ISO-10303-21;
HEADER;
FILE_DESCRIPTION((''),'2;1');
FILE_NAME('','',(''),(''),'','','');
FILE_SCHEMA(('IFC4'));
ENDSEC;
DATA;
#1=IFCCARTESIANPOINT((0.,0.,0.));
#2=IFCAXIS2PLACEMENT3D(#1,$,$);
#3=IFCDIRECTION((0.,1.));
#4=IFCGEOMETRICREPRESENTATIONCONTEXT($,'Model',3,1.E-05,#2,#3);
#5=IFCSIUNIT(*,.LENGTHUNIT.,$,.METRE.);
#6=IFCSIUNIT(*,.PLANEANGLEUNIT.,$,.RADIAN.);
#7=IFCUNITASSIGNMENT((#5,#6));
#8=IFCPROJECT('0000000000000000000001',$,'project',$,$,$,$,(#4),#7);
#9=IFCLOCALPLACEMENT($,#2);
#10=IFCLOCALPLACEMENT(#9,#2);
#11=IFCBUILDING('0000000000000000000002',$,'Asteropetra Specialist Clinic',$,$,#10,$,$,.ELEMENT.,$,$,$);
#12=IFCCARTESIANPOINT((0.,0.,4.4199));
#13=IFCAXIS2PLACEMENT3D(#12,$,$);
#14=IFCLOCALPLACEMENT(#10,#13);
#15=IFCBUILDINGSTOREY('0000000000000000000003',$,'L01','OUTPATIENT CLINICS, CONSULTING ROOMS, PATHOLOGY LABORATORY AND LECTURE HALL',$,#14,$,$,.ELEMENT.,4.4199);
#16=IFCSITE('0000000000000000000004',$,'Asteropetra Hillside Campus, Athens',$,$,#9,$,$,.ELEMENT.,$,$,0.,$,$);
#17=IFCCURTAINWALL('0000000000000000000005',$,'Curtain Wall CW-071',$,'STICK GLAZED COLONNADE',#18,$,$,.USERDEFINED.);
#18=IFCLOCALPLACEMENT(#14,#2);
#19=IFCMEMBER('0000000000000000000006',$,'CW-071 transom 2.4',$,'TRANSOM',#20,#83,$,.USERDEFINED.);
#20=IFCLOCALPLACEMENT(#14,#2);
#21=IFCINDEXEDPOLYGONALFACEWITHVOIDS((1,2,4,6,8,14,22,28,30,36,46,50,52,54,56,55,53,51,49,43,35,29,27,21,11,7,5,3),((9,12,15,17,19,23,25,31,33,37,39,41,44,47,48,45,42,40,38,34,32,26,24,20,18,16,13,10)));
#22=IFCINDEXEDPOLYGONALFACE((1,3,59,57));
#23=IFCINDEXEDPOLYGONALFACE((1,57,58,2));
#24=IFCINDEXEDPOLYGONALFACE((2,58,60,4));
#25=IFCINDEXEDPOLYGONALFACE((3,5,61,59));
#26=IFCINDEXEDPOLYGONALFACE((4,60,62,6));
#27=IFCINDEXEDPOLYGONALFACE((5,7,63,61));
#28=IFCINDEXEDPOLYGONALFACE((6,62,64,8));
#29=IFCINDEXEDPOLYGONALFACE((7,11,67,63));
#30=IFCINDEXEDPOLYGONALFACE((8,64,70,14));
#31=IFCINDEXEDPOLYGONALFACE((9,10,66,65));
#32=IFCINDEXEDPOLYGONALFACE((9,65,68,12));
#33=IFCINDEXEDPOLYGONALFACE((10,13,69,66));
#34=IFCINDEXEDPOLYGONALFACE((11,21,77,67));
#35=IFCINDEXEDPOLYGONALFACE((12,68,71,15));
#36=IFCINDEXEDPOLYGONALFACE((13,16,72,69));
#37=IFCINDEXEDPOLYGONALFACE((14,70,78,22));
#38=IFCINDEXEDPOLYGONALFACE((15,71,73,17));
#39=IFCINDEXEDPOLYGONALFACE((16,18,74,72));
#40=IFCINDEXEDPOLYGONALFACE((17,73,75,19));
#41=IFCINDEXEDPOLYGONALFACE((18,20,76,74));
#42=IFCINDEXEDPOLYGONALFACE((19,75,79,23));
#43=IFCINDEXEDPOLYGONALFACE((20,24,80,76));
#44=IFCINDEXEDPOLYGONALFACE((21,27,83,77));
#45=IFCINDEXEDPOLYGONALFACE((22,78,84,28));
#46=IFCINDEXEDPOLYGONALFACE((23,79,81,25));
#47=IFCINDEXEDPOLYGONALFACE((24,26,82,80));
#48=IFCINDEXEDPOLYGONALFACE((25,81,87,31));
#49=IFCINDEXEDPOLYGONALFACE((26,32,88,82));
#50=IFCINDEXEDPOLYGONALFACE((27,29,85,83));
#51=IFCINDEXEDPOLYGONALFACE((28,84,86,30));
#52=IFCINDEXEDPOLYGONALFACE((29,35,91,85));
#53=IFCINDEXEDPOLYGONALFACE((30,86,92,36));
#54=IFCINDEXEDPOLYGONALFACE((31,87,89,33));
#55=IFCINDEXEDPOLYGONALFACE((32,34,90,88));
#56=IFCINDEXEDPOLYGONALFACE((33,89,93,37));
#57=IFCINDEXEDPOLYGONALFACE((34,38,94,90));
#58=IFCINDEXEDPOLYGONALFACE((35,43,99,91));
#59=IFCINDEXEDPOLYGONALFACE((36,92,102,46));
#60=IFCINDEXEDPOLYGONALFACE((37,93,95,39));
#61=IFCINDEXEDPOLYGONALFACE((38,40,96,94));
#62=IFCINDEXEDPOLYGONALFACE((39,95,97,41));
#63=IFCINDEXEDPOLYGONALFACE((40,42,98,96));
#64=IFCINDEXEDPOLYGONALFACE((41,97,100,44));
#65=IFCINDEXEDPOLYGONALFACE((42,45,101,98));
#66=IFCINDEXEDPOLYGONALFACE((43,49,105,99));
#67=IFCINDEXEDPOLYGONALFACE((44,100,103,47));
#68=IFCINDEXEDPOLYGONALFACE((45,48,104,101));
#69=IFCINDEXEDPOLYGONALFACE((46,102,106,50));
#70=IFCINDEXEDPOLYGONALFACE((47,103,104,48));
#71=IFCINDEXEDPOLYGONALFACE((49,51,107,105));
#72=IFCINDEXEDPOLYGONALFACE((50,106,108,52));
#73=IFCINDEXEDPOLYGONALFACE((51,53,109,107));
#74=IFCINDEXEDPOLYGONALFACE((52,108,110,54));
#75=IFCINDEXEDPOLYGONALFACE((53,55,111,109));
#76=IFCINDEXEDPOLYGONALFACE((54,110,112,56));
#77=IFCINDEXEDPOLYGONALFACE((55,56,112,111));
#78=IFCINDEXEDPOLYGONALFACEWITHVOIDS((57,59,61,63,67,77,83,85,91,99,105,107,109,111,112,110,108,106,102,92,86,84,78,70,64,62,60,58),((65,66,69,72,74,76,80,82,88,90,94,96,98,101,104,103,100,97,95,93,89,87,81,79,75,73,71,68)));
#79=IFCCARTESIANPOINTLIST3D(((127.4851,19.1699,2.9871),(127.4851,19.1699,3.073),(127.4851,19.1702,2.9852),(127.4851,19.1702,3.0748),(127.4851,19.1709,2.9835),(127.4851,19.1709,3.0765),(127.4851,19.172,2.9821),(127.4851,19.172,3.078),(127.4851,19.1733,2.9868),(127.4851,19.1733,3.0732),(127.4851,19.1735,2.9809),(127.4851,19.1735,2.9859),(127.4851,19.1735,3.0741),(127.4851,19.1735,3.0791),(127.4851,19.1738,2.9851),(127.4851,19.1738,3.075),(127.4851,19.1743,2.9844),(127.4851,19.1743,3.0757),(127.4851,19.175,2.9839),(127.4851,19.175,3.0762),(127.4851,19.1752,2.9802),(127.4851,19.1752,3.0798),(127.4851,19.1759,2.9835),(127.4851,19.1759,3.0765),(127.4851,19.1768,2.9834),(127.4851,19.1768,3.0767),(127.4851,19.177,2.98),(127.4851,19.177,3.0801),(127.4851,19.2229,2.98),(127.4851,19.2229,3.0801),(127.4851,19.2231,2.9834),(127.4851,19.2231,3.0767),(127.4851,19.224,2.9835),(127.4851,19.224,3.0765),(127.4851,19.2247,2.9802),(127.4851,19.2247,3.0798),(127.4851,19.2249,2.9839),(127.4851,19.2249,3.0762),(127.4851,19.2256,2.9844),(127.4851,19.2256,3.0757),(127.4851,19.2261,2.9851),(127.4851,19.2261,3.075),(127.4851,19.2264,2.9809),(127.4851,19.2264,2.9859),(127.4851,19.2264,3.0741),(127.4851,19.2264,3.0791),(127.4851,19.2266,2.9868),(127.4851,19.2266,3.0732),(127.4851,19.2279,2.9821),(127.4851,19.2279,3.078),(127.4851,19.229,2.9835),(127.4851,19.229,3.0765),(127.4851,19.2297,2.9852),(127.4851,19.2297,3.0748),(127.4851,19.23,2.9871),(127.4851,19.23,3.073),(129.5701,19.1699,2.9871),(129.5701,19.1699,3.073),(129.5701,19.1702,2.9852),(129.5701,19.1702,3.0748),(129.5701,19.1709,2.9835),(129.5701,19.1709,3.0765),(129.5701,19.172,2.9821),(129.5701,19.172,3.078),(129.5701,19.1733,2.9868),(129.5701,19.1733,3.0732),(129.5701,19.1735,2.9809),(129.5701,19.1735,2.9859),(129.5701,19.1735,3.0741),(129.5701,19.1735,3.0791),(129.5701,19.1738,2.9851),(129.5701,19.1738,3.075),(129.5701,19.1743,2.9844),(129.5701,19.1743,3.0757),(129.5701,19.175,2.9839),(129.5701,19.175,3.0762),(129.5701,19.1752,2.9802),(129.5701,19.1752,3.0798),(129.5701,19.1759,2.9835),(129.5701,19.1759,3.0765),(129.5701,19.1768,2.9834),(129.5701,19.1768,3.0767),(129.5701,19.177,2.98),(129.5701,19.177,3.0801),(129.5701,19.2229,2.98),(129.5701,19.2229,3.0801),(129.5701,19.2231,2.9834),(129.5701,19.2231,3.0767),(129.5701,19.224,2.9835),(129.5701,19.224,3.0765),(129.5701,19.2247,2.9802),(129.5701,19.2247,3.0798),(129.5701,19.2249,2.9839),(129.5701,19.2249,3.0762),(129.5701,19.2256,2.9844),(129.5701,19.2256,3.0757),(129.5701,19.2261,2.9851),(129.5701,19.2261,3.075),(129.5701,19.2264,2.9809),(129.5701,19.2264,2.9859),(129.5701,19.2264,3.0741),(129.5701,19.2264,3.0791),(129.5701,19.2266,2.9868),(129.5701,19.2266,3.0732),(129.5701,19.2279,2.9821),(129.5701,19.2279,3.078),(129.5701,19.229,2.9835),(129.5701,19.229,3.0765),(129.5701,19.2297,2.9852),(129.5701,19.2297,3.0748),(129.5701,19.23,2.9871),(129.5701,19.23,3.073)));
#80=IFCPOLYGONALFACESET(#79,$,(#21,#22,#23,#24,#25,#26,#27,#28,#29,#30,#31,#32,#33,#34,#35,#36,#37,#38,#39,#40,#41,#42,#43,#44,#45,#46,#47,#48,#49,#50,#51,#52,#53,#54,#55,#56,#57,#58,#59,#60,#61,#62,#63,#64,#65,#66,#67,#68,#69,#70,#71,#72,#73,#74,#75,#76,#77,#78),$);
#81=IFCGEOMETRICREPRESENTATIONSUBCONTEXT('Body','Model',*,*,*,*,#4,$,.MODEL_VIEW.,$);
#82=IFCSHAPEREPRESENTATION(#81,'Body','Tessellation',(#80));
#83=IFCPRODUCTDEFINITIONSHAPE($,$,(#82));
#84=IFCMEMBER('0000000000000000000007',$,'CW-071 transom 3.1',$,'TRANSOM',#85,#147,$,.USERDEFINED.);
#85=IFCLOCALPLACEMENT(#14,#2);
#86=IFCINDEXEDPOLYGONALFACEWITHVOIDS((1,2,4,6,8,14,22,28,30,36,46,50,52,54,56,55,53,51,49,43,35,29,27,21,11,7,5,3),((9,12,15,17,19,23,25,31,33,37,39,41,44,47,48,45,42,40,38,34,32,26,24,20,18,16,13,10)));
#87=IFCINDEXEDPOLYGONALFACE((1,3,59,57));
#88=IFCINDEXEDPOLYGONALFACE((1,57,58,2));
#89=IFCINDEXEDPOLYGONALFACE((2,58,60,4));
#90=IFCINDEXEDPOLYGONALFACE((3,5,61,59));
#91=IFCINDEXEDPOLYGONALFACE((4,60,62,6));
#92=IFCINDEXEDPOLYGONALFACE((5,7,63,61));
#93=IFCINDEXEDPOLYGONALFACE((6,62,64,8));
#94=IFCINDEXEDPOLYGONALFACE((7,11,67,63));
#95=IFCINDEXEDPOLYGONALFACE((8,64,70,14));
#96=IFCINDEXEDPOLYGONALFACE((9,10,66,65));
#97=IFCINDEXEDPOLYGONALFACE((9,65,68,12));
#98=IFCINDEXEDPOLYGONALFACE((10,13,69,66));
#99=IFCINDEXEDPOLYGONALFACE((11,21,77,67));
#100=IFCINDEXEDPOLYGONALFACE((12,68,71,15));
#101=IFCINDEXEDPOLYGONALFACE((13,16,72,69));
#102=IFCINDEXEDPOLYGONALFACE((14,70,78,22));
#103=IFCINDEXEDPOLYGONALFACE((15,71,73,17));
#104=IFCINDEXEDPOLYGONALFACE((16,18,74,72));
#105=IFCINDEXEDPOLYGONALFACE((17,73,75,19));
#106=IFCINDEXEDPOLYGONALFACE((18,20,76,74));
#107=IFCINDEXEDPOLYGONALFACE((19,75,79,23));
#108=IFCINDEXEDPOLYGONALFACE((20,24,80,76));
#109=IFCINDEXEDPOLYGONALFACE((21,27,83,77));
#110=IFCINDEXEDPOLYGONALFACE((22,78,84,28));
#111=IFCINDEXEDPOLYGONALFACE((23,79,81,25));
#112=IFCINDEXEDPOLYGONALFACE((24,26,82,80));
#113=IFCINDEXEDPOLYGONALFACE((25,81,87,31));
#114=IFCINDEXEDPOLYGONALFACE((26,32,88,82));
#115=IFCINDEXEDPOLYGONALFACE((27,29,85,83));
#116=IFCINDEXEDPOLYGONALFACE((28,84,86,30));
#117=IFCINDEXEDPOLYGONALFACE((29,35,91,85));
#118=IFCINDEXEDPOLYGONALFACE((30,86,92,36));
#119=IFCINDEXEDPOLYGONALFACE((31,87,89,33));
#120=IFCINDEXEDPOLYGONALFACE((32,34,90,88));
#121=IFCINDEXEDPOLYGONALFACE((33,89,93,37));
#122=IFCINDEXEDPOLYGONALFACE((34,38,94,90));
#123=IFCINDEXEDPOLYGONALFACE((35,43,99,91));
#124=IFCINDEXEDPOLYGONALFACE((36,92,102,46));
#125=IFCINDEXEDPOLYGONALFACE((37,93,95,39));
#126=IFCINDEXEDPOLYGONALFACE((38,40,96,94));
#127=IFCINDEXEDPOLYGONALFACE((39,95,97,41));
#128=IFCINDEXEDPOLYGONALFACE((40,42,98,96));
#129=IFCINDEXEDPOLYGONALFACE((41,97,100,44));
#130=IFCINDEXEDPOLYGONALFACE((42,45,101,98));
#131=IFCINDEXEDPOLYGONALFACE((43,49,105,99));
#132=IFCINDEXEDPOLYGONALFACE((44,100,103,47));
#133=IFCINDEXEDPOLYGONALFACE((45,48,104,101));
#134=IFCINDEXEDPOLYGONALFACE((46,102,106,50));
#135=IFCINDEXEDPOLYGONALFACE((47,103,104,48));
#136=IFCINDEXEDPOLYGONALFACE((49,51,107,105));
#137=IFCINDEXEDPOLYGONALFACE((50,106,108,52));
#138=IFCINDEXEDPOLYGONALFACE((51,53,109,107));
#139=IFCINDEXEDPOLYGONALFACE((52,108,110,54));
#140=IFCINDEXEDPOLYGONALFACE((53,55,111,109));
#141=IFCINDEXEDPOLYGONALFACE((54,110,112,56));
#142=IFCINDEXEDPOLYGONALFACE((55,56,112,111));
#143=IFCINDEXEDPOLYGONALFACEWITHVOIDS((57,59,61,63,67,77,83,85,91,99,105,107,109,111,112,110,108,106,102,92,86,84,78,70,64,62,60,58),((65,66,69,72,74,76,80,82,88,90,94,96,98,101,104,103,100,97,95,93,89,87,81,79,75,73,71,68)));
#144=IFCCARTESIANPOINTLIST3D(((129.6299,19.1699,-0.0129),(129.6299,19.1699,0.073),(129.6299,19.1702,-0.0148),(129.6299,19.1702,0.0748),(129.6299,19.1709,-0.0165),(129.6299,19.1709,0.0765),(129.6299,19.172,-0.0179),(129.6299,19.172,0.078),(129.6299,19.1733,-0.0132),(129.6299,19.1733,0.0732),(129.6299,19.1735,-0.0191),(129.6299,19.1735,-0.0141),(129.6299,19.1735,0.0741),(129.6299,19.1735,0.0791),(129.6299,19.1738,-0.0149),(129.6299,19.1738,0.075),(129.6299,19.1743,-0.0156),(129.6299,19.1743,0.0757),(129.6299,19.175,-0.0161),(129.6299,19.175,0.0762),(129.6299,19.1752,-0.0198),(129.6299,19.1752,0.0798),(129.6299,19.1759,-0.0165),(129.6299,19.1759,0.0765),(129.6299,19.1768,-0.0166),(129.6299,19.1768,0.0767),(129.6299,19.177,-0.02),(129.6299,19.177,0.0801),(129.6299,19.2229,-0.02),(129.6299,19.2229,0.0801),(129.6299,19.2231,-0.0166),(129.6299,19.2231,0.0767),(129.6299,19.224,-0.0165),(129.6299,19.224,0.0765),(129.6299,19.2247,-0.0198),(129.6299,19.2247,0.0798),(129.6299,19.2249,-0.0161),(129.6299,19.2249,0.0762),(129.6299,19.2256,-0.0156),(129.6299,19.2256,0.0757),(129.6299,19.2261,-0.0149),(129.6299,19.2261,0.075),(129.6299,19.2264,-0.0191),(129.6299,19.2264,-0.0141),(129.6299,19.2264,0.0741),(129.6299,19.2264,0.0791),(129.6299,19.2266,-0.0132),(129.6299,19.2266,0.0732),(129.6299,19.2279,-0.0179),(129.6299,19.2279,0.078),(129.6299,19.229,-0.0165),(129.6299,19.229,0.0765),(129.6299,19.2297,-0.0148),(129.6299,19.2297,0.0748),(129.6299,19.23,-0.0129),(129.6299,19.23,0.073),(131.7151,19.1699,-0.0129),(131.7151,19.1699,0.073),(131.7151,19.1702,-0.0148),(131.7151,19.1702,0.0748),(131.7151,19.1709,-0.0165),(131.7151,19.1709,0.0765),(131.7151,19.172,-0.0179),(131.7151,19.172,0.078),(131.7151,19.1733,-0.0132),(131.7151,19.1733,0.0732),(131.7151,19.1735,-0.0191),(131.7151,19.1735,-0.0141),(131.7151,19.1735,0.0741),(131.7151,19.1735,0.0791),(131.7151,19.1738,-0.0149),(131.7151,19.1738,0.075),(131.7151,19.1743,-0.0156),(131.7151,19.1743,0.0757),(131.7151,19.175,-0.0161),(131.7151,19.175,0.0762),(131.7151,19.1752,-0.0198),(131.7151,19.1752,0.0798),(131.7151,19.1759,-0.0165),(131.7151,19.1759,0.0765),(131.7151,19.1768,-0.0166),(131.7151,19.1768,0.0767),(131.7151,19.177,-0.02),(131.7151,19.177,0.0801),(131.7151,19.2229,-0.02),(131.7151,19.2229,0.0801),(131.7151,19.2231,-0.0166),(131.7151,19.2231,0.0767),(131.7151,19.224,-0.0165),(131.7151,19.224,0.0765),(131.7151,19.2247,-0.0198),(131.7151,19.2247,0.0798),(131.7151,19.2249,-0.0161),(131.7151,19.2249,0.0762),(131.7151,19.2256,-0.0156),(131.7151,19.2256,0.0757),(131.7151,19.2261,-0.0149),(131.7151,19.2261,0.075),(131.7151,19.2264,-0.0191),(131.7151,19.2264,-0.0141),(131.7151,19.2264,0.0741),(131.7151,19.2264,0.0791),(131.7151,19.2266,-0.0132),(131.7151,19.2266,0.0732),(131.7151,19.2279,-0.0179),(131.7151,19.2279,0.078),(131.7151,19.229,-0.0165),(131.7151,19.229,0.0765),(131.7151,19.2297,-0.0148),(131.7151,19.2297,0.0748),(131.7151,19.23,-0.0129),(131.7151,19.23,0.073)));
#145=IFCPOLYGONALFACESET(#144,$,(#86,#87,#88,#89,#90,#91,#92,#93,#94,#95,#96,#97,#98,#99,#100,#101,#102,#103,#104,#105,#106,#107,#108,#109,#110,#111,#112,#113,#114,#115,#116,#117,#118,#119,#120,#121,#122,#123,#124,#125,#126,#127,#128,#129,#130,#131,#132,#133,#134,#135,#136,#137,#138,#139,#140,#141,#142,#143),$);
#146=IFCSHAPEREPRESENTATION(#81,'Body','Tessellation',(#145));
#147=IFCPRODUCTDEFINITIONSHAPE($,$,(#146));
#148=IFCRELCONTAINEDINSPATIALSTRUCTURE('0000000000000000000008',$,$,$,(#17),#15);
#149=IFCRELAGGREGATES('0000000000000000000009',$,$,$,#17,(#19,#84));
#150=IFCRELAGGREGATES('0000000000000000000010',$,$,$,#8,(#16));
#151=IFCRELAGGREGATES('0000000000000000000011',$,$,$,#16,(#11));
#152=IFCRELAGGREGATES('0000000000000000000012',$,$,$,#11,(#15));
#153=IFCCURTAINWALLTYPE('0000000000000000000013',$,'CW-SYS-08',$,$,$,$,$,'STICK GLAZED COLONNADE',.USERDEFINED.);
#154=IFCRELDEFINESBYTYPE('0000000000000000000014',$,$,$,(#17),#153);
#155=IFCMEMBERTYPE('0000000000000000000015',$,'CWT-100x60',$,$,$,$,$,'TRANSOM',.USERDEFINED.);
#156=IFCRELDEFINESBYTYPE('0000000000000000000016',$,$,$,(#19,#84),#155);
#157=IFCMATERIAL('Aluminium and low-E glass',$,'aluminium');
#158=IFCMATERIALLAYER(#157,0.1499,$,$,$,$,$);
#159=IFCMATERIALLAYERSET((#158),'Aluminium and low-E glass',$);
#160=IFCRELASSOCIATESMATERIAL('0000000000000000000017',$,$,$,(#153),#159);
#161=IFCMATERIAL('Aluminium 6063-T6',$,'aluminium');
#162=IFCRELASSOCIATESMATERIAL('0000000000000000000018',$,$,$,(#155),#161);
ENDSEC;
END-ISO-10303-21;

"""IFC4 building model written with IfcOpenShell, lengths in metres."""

from ifc_helpers import new_model, si_unit, direction, frame, origin, origin_2d, place, context, subcontext, project, spatial, hollow_rectangle, extrude, material, layer, layer_set, material_profile, profile_set, type_object, element, aggregate, save


model = new_model("IFC4")

# Units and contexts
model_context = context("Model", 3, precision=1e-05, world=origin(), true_north=direction((0.0, 1.0)))
body_context = subcontext(model_context, "Body", "Model", "MODEL_VIEW")
ifc_project = project(units=[si_unit("LENGTHUNIT", "METRE"), si_unit("PLANEANGLEUNIT", "RADIAN")], contexts=[model_context])

# Site, building, storey
site_placement = place(None, origin())
site = spatial("IfcSite", under=ifc_project, at=site_placement, Name="Asteropetra Hillside Campus, Athens", CompositionType="ELEMENT", RefElevation=0.0)
building_placement = place(site_placement, origin())
building = spatial("IfcBuilding", under=site, at=building_placement, Name="Asteropetra Specialist Clinic", CompositionType="ELEMENT")
storey_placement = place(building_placement, frame((0.0, 0.0, 4.4199)))
storey = spatial("IfcBuildingStorey", under=building, at=storey_placement, Name="L01", Description="OUTPATIENT CLINICS, CONSULTING ROOMS, PATHOLOGY LABORATORY AND LECTURE HALL", CompositionType="ELEMENT", Elevation=4.4199)

# Curtain wall, members
ifc_material_1 = material(Name="Aluminium and low-E glass", Category="aluminium")
ifc_layer_1 = layer(ifc_material_1, 0.1499)
ifc_layer_set_1 = layer_set([ifc_layer_1], Name="Aluminium and low-E glass")
curtain_wall_type = type_object("IfcCurtainWallType", Name="CW-SYS-08", ElementType="STICK GLAZED COLONNADE", PredefinedType="USERDEFINED", material=ifc_layer_set_1)
curtain_wall_placement = place(storey_placement, origin())
curtain_wall = element("IfcCurtainWall", 1, at=curtain_wall_placement, inside=storey, type_object=curtain_wall_type, Name="Curtain Wall CW-071", ObjectType="STICK GLAZED COLONNADE", PredefinedType="USERDEFINED")
ifc_material_2 = material(Name="Aluminium 6063-T6", Category="aluminium")
ifc_material_profile_1 = material_profile(ifc_material_2, hollow_rectangle(XDim=0.0601, YDim=0.1001, WallThickness=0.0034, InnerFilletRadius=0.0034, OuterFilletRadius=0.0071, at=origin_2d()), Name="TRN 100x60x3.5")
ifc_profile_set_1 = profile_set([ifc_material_profile_1], Name="Aluminium 6063-T6")
member_type_1 = type_object("IfcMemberType", Name="CWT-100x60", ElementType="TRANSOM", PredefinedType="USERDEFINED", material=ifc_profile_set_1)
member_1_placement = place(storey_placement, frame((127.4851, 19.2, 3.03), z_axis=(1.0, 0.0, 0.0), x_axis=(0.0, 1.0, 0.0)))
member_1 = element("IfcMember", 2, at=member_1_placement, type_object=member_type_1, Name="CW-071 transom 2.4", ObjectType="TRANSOM", PredefinedType="USERDEFINED", context=body_context, shape_type="SweptSolid", body=[
    extrude(hollow_rectangle(XDim=0.0601, YDim=0.1001, WallThickness=0.0034, InnerFilletRadius=0.0034, OuterFilletRadius=0.0071, at=origin_2d()), origin(), (0.0, 0.0, 1.0), 2.085),
])
member_2_placement = place(storey_placement, frame((129.6299, 19.2, 0.03), z_axis=(1.0, 0.0, 0.0), x_axis=(0.0, 1.0, 0.0)))
member_2 = element("IfcMember", 3, at=member_2_placement, type_object=member_type_1, Name="CW-071 transom 3.1", ObjectType="TRANSOM", PredefinedType="USERDEFINED", context=body_context, shape_type="SweptSolid", body=[
    extrude(hollow_rectangle(XDim=0.0601, YDim=0.1001, WallThickness=0.0034, InnerFilletRadius=0.0034, OuterFilletRadius=0.0071, at=origin_2d()), origin(), (0.0, 0.0, 1.0), 2.0852),
])
aggregate(curtain_wall, [member_1, member_2])

save(model, "model.ifc")
